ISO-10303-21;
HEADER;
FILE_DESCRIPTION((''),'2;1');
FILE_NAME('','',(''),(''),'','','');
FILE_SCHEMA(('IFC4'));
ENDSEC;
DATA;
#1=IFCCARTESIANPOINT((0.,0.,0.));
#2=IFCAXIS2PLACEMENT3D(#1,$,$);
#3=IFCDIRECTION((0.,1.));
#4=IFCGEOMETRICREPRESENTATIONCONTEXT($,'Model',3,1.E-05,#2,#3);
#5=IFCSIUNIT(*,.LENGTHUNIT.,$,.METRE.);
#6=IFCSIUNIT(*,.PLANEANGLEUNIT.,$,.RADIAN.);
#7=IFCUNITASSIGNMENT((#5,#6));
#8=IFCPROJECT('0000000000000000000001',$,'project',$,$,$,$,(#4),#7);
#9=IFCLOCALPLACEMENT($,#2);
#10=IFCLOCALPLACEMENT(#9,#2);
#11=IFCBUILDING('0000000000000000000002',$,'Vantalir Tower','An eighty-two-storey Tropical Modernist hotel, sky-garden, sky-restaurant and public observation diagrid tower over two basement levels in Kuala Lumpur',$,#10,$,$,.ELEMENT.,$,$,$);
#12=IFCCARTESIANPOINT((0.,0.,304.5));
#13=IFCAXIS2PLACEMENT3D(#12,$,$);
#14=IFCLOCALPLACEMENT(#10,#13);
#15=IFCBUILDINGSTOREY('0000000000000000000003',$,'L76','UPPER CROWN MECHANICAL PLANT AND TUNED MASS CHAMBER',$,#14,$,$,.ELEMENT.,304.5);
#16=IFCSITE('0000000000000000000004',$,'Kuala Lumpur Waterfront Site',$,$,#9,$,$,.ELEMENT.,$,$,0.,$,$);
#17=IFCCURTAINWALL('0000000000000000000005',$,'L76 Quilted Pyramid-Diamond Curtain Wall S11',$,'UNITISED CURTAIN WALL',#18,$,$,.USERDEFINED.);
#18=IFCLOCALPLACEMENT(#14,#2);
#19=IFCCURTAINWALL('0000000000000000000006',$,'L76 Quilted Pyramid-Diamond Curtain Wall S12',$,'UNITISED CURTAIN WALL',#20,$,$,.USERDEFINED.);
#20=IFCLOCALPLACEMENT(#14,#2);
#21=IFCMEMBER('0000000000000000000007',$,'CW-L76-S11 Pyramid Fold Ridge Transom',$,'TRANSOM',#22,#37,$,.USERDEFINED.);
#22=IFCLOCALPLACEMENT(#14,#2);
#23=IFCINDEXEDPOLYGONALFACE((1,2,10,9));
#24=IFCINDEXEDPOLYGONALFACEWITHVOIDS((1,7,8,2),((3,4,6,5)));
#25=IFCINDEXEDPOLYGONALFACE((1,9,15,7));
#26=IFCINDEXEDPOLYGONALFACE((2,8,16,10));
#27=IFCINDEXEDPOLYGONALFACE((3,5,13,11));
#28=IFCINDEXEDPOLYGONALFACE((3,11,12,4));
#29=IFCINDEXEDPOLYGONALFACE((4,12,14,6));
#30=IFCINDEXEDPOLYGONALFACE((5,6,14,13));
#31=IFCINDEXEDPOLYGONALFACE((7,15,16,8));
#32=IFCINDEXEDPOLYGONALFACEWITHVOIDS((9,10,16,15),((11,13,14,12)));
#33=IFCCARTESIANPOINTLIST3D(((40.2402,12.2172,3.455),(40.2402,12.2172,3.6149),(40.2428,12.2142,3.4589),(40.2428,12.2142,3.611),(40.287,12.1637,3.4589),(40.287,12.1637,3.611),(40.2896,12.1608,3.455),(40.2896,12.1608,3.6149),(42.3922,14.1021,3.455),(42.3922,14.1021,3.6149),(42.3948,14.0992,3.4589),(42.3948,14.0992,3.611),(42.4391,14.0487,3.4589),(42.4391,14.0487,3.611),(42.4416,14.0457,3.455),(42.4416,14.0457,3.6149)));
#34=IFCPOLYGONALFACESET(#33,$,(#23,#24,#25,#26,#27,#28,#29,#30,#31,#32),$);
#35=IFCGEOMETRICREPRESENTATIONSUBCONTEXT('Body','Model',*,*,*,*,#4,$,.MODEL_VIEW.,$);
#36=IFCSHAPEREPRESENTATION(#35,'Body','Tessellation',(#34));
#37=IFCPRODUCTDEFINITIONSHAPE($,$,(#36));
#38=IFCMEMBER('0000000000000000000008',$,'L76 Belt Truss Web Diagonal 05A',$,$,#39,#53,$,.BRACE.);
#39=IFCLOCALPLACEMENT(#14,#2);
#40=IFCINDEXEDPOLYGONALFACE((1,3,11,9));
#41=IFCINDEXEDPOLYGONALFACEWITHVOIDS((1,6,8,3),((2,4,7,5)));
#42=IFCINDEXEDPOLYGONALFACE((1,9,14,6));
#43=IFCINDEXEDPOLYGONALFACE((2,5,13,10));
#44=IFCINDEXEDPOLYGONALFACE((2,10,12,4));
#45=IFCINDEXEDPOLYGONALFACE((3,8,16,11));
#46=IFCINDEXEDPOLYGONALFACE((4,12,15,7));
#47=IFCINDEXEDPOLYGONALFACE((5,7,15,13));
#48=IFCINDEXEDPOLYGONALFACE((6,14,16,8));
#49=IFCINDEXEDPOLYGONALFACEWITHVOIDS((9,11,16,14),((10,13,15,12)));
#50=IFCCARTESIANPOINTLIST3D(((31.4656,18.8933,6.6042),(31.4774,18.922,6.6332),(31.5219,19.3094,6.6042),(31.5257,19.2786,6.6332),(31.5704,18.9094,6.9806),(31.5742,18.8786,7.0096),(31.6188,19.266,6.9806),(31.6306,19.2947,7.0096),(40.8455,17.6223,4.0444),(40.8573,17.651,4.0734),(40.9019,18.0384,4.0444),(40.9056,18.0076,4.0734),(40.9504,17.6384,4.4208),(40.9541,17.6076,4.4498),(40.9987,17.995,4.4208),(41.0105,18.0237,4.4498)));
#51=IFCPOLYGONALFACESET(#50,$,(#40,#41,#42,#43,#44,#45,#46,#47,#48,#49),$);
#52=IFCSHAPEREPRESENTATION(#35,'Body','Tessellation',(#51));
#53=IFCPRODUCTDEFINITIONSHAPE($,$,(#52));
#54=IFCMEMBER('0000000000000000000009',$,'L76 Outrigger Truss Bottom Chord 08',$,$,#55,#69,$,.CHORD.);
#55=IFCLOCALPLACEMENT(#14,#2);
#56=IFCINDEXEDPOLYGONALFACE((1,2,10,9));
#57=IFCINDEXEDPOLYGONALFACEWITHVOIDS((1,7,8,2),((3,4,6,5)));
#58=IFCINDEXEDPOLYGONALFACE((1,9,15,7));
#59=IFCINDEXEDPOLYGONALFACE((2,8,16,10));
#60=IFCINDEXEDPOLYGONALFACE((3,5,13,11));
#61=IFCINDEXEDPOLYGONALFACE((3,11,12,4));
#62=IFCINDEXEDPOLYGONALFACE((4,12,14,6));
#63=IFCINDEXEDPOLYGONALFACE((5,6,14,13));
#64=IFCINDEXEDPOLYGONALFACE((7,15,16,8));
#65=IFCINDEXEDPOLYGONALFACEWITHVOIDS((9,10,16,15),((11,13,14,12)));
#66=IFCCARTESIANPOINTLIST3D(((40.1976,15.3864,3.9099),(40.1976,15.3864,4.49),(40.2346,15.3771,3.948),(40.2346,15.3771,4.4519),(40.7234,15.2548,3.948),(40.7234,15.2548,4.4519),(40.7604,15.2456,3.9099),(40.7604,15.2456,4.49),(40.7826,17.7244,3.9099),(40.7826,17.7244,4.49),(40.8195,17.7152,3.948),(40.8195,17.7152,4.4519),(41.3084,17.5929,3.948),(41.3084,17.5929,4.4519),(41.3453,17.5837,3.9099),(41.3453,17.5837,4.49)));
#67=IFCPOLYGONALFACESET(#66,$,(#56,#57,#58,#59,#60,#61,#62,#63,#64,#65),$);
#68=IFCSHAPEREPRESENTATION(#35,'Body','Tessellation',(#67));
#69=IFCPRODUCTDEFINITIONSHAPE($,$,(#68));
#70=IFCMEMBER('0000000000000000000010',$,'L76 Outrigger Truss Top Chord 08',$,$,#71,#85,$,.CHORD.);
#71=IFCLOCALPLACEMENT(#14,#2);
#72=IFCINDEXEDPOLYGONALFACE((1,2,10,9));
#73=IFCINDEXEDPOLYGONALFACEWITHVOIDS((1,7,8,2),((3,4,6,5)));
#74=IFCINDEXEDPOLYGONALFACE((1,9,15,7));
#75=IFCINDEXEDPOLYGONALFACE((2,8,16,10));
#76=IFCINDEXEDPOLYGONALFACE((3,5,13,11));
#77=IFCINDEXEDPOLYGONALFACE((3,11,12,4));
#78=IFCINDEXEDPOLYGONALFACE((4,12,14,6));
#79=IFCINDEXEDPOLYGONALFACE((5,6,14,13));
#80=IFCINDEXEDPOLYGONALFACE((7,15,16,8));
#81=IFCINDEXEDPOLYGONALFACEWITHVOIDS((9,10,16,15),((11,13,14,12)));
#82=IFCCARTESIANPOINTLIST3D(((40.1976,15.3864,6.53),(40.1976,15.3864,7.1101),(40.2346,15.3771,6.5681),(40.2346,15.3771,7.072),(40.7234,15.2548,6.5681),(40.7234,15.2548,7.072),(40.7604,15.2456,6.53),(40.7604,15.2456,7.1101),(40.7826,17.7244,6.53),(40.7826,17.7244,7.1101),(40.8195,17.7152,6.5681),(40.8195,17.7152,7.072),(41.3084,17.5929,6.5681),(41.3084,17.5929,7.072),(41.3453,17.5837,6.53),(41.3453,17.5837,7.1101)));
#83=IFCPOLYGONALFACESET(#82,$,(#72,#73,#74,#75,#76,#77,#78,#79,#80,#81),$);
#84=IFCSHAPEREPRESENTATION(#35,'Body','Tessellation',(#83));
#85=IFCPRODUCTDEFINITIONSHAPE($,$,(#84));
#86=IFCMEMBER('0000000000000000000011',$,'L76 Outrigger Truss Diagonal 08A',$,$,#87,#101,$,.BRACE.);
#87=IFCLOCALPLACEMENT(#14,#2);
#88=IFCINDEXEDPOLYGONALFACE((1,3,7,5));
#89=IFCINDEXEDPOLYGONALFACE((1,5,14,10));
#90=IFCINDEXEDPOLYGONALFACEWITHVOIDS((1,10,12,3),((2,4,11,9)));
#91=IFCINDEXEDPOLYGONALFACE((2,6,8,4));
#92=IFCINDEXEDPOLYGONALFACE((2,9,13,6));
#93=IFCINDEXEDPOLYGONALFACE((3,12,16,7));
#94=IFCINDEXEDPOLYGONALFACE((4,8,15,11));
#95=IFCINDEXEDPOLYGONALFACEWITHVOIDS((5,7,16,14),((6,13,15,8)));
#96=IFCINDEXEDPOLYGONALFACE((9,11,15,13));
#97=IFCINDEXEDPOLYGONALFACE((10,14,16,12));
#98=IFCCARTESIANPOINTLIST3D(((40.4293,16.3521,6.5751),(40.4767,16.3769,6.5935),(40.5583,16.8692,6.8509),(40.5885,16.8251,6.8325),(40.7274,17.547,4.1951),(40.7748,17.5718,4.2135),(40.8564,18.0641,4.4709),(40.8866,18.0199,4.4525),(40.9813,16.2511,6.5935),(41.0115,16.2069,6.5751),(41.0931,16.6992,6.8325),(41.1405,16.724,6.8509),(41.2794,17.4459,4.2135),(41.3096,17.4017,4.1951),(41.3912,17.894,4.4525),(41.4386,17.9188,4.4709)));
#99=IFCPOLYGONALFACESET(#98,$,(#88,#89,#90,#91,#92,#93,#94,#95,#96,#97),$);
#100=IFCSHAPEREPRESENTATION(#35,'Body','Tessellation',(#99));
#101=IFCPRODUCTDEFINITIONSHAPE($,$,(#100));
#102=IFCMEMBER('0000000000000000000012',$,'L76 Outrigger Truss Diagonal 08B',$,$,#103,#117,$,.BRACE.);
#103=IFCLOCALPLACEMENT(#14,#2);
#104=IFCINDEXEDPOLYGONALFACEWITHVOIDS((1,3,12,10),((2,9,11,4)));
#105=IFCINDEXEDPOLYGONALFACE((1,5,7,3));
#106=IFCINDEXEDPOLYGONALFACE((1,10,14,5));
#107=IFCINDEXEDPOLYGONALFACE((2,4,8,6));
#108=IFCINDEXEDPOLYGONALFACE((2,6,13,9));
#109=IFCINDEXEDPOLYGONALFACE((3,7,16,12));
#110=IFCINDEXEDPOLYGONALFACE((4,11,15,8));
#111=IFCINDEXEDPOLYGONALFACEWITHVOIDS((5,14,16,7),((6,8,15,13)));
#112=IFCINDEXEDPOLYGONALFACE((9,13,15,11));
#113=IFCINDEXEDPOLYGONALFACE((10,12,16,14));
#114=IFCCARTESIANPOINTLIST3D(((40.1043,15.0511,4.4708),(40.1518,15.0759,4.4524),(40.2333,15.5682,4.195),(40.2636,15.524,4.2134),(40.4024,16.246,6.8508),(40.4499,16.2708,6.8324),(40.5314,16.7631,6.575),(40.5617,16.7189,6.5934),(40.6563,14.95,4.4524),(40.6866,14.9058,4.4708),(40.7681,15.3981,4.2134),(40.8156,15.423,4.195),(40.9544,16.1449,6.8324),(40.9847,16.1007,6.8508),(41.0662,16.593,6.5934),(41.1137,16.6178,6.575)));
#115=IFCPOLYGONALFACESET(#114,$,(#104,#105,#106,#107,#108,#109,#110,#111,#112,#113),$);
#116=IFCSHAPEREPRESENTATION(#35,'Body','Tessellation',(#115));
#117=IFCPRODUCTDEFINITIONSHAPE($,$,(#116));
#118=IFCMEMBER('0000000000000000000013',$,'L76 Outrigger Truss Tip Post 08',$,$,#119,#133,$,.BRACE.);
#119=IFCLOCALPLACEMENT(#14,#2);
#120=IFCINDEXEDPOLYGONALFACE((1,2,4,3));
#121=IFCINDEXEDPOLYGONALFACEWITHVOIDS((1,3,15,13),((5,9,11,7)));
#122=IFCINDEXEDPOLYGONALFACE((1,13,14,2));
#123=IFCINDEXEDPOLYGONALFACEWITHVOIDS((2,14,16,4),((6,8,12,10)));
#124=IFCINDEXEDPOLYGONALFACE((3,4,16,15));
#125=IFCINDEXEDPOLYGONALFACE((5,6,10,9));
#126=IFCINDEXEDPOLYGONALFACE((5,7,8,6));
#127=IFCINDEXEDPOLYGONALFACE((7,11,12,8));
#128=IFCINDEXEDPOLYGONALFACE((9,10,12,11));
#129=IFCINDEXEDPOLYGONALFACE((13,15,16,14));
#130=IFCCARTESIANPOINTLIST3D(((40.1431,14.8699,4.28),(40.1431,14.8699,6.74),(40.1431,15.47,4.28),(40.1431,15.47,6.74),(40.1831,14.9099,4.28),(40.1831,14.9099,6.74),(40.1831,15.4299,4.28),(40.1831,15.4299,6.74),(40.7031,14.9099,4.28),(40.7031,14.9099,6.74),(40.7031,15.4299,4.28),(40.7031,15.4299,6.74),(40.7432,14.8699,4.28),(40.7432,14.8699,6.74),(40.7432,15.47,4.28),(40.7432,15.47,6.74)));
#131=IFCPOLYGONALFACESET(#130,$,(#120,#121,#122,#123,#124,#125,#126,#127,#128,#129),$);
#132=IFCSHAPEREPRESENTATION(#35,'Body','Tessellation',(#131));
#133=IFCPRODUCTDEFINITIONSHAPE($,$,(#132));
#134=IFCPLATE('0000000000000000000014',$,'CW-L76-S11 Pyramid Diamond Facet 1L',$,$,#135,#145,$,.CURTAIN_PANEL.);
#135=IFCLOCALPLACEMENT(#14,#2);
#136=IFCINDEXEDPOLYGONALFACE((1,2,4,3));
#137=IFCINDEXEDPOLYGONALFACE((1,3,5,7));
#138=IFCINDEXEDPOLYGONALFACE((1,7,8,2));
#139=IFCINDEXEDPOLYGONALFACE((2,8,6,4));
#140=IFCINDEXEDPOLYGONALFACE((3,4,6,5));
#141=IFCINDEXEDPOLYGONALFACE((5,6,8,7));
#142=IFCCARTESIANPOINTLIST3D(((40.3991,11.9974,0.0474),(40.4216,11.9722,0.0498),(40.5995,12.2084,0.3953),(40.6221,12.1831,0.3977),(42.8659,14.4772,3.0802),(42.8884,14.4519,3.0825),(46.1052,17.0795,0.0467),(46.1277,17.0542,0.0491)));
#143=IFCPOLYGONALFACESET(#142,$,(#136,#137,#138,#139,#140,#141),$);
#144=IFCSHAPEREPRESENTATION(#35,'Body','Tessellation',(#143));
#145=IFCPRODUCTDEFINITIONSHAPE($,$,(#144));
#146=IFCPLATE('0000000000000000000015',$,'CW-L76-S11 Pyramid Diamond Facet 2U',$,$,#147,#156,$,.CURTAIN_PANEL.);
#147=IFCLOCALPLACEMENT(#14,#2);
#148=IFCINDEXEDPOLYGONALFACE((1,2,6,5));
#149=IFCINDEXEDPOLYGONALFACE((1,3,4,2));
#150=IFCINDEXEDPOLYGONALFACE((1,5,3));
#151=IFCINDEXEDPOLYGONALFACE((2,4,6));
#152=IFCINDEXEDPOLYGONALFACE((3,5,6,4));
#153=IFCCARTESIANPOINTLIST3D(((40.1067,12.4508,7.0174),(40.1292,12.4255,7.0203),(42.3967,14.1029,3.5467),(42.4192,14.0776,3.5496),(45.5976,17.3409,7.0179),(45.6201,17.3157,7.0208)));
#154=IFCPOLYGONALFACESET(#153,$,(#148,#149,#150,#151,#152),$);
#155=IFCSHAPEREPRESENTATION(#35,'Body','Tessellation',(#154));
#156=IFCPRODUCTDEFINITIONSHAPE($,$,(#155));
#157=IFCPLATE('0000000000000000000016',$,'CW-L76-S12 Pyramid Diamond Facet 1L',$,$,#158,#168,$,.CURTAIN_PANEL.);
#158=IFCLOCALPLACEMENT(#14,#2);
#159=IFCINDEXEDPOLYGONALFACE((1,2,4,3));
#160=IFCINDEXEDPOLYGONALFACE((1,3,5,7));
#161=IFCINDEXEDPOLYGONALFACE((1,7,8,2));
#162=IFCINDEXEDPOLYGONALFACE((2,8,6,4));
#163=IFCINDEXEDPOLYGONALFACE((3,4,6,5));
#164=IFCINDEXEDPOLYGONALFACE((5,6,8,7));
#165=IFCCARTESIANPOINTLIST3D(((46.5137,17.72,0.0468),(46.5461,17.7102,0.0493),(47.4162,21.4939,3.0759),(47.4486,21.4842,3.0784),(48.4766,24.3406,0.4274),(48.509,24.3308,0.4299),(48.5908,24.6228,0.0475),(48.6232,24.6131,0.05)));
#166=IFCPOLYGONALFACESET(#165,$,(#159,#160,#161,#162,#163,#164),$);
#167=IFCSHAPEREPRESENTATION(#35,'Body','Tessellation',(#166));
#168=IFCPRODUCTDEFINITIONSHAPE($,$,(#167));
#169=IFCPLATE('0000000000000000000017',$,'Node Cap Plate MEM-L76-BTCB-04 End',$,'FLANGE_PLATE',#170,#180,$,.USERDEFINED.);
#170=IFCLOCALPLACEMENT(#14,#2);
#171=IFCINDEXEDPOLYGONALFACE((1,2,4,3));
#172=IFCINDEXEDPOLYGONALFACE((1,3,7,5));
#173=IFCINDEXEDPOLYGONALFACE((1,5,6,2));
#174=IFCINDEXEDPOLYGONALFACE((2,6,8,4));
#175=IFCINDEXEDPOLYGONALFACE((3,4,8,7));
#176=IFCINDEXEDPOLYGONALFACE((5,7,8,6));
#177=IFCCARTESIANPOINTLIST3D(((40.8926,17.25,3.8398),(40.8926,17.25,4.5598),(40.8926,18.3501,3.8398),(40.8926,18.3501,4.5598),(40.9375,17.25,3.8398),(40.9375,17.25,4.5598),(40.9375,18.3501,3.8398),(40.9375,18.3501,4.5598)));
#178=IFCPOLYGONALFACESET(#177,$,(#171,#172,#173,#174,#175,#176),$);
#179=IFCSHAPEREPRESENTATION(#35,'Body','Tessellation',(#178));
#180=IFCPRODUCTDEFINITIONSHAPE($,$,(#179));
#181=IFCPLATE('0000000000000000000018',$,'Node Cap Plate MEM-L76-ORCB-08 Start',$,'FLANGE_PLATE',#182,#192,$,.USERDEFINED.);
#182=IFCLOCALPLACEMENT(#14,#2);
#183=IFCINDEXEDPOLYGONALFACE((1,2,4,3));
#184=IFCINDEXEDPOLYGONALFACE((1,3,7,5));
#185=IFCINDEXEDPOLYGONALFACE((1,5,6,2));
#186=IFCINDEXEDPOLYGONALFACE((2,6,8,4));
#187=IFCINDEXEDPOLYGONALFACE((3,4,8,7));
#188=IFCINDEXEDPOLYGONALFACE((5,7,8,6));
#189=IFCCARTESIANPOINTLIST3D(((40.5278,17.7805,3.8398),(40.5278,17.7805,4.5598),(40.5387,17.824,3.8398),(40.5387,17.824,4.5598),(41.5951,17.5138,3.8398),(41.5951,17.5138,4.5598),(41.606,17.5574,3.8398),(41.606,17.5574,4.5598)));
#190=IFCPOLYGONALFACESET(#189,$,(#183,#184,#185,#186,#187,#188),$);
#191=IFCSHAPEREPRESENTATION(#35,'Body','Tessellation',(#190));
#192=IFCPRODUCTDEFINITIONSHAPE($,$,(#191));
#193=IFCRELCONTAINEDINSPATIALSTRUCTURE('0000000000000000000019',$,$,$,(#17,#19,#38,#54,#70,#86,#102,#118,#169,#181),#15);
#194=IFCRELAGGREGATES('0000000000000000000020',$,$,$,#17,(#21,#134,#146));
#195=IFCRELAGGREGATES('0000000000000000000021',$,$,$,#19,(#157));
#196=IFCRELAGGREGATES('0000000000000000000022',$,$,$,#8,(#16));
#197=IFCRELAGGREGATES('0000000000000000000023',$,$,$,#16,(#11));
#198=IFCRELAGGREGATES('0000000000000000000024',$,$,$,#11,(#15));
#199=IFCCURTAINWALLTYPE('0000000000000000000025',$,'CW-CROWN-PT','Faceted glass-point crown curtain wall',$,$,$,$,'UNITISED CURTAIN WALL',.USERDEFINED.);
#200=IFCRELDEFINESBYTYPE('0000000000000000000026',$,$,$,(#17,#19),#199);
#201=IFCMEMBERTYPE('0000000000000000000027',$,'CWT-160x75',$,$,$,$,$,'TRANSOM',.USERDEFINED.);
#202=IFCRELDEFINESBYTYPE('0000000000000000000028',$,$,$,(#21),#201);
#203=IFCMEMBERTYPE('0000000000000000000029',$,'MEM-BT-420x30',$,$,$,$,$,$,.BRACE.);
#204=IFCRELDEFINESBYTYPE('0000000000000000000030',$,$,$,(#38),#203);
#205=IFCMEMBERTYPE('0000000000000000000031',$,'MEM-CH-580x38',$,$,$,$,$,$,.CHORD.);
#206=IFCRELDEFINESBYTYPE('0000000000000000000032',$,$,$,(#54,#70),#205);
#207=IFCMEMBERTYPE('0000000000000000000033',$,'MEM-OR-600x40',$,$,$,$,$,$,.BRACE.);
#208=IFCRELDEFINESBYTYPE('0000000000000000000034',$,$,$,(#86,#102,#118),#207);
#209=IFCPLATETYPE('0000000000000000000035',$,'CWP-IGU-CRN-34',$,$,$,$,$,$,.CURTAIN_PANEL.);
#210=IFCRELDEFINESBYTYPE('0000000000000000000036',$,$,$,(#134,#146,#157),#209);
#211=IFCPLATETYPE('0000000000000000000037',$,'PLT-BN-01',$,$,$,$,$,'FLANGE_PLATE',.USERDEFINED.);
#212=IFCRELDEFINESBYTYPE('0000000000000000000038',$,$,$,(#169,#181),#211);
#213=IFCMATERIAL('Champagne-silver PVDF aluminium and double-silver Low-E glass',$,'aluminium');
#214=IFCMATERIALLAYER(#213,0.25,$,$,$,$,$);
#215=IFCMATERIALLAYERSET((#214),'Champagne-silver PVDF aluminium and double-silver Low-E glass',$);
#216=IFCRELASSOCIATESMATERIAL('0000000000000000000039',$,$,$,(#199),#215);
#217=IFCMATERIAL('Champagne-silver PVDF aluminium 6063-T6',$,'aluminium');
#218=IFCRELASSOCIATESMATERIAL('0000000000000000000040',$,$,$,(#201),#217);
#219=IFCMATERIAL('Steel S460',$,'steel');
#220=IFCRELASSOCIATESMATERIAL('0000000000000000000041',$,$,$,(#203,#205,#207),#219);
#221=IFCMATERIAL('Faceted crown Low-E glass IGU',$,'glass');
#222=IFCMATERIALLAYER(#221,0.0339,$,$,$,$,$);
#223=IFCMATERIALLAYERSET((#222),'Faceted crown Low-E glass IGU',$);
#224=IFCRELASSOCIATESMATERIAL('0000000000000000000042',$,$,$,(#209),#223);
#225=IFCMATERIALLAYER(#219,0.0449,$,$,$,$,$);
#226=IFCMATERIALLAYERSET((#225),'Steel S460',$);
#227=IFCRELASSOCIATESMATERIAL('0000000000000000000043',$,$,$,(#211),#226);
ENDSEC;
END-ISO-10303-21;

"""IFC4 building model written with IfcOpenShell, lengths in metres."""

from ifc_helpers import new_model, si_unit, direction, frame, origin, origin_2d, place, context, subcontext, project, spatial, polyline, rectangle, hollow_rectangle, outline, extrude, material, layer, layer_set, material_profile, profile_set, type_object, element, aggregate, save


model = new_model("IFC4")

# Units and contexts
model_context = context("Model", 3, precision=1e-05, world=origin(), true_north=direction((0.0, 1.0)))
body_context = subcontext(model_context, "Body", "Model", "MODEL_VIEW")
ifc_project = project(units=[si_unit("LENGTHUNIT", "METRE"), si_unit("PLANEANGLEUNIT", "RADIAN")], contexts=[model_context])

# Site, building, storey
site_placement = place(None, origin())
site = spatial("IfcSite", under=ifc_project, at=site_placement, Name="Kuala Lumpur Waterfront Site", CompositionType="ELEMENT", RefElevation=0.0)
building_placement = place(site_placement, origin())
building = spatial("IfcBuilding", under=site, at=building_placement, Name="Vantalir Tower", Description="An eighty-two-storey Tropical Modernist hotel, sky-garden, sky-restaurant and public observation diagrid tower over two basement levels in Kuala Lumpur", CompositionType="ELEMENT")
storey_placement = place(building_placement, frame((0.0, 0.0, 304.5)))
storey = spatial("IfcBuildingStorey", under=building, at=storey_placement, Name="L76", Description="UPPER CROWN MECHANICAL PLANT AND TUNED MASS CHAMBER", CompositionType="ELEMENT", Elevation=304.5)

# Shared definitions
ifc_material_1 = material(Name="Steel S460", Category="steel")

# Curtain wall
ifc_material_2 = material(Name="Champagne-silver PVDF aluminium and double-silver Low-E glass", Category="aluminium")
ifc_layer_1 = layer(ifc_material_2, 0.25)
ifc_layer_set_1 = layer_set([ifc_layer_1], Name="Champagne-silver PVDF aluminium and double-silver Low-E glass")
curtain_wall_type = type_object("IfcCurtainWallType", Name="CW-CROWN-PT", Description="Faceted glass-point crown curtain wall", ElementType="UNITISED CURTAIN WALL", PredefinedType="USERDEFINED", material=ifc_layer_set_1)
curtain_wall_1_placement = place(storey_placement, origin())
curtain_wall_1 = element("IfcCurtainWall", 1, at=curtain_wall_1_placement, inside=storey, type_object=curtain_wall_type, Name="L76 Quilted Pyramid-Diamond Curtain Wall S11", ObjectType="UNITISED CURTAIN WALL", PredefinedType="USERDEFINED")
ifc_material_3 = material(Name="Champagne-silver PVDF aluminium 6063-T6", Category="aluminium")

# Curtain wall
curtain_wall_2_placement = place(storey_placement, origin())
curtain_wall_2 = element("IfcCurtainWall", 2, at=curtain_wall_2_placement, inside=storey, type_object=curtain_wall_type, Name="L76 Quilted Pyramid-Diamond Curtain Wall S12", ObjectType="UNITISED CURTAIN WALL", PredefinedType="USERDEFINED")

# Member
ifc_material_profile_1 = material_profile(ifc_material_3, hollow_rectangle(XDim=0.075, YDim=0.1599, WallThickness=0.0039, at=origin_2d()), Name="Champagne-silver PVDF aluminium 6063-T6")
ifc_profile_set_1 = profile_set([ifc_material_profile_1], Name="Champagne-silver PVDF aluminium 6063-T6")
member_type_1 = type_object("IfcMemberType", Name="CWT-160x75", ElementType="TRANSOM", PredefinedType="USERDEFINED", material=ifc_profile_set_1)
member_1_placement = place(storey_placement, frame((40.2649, 12.189, 3.5349), z_axis=(0.752244, 0.658885, 0.0), x_axis=(-0.658885, 0.752244, 0.0)))
member_1 = element("IfcMember", 3, at=member_1_placement, type_object=member_type_1, Name="CW-L76-S11 Pyramid Fold Ridge Transom", ObjectType="TRANSOM", PredefinedType="USERDEFINED", context=body_context, shape_type="SweptSolid", body=[
    extrude(hollow_rectangle(XDim=0.075, YDim=0.1599, WallThickness=0.0039, at=origin_2d()), origin(), (0.0, 0.0, 1.0), 2.8608),
])

# Members
ifc_material_profile_2 = material_profile(ifc_material_1, hollow_rectangle(XDim=0.4199, YDim=0.4199, WallThickness=0.03, at=origin_2d()), Name="Steel S460")
ifc_profile_set_2 = profile_set([ifc_material_profile_2], Name="Steel S460")
member_type_2 = type_object("IfcMemberType", Name="MEM-BT-420x30", PredefinedType="BRACE", material=ifc_profile_set_2)
member_2_placement = place(storey_placement, frame((40.928, 17.823, 4.2471), z_axis=(-0.956582, 0.129619, 0.261056), x_axis=(-0.134275, -0.990944, 0.0)))
element("IfcMember", 4, at=member_2_placement, inside=storey, type_object=member_type_2, Name="L76 Belt Truss Web Diagonal 05A", PredefinedType="BRACE", context=body_context, shape_type="SweptSolid", body=[
    extrude(hollow_rectangle(XDim=0.4199, YDim=0.4199, WallThickness=0.03, at=origin_2d()), origin(), (0.0, 0.0, 1.0), 9.8057),
])
ifc_material_profile_3 = material_profile(ifc_material_1, hollow_rectangle(XDim=0.5801, YDim=0.5801, WallThickness=0.0381, at=origin_2d()), Name="Steel S460")
ifc_profile_set_3 = profile_set([ifc_material_profile_3], Name="Steel S460")
member_type_3 = type_object("IfcMemberType", Name="MEM-CH-580x38", PredefinedType="CHORD", material=ifc_profile_set_3)
for number, where, z_axis, x_axis, name in (
    (5, (41.064, 17.6541, 4.2), (-0.242702, -0.970101, 0.0), (0.970101, -0.242702, 0.0), "L76 Outrigger Truss Bottom Chord 08"),
    (6, (41.064, 17.6541, 6.8201), (-0.242702, -0.970101, 0.0), (0.970101, -0.242702, 0.0), "L76 Outrigger Truss Top Chord 08"),
):
    element("IfcMember", number, at=place(storey_placement, frame(where, z_axis=z_axis, x_axis=x_axis)), inside=storey, type_object=member_type_3, Name=name, PredefinedType="CHORD", context=body_context, shape_type="SweptSolid", body=[
        extrude(hollow_rectangle(XDim=0.5801, YDim=0.5801, WallThickness=0.0381, at=origin_2d()), origin(), (0.0, 0.0, 1.0), 2.4102),
    ])
ifc_material_profile_4 = material_profile(ifc_material_1, hollow_rectangle(XDim=0.6001, YDim=0.6001, WallThickness=0.04, at=origin_2d()), Name="Steel S460")
ifc_profile_set_4 = profile_set([ifc_material_profile_4], Name="Steel S460")
member_type_4 = type_object("IfcMemberType", Name="MEM-OR-600x40", PredefinedType="BRACE", material=ifc_profile_set_4)
for number, where, z_axis, x_axis, name in (
    (7, (41.083, 17.7329, 4.333), (-0.111246, -0.445895, 0.888145), (0.970259, -0.242069, 0.0), "L76 Outrigger Truss Diagonal 08A"),
    (8, (40.7581, 16.4319, 6.7129), (-0.111246, -0.445895, -0.888145), (0.970259, -0.242069, 0.0), "L76 Outrigger Truss Diagonal 08B"),
):
    element("IfcMember", number, at=place(storey_placement, frame(where, z_axis=z_axis, x_axis=x_axis)), inside=storey, type_object=member_type_4, Name=name, PredefinedType="BRACE", context=body_context, shape_type="SweptSolid", body=[
        extrude(hollow_rectangle(XDim=0.6001, YDim=0.6001, WallThickness=0.04, at=origin_2d()), origin(), (0.0, 0.0, 1.0), 2.6797),
    ])
member_3_placement = place(storey_placement, frame((40.4431, 15.1699, 4.28), z_axis=(0.0, 0.0, 1.0), x_axis=(1.0, 0.0, 0.0)))
element("IfcMember", 9, at=member_3_placement, inside=storey, type_object=member_type_4, Name="L76 Outrigger Truss Tip Post 08", PredefinedType="BRACE", context=body_context, shape_type="SweptSolid", body=[
    extrude(hollow_rectangle(XDim=0.6001, YDim=0.6001, WallThickness=0.04, at=origin_2d()), origin(), (0.0, 0.0, 1.0), 2.46),
])

# Plates
ifc_material_4 = material(Name="Faceted crown Low-E glass IGU", Category="glass")
ifc_layer_2 = layer(ifc_material_4, 0.0339)
ifc_layer_set_2 = layer_set([ifc_layer_2], Name="Faceted crown Low-E glass IGU")
plate_type_1 = type_object("IfcPlateType", Name="CWP-IGU-CRN-34", PredefinedType="CURTAIN_PANEL", material=ifc_layer_set_2)
plate_1_placement = place(storey_placement, frame((40.4216, 11.9722, 0.0498), z_axis=(0.663494, -0.744953, 0.069437), x_axis=(0.746759, 0.665094, -0.000096)))
plate_1 = element("IfcPlate", 10, at=plate_1_placement, type_object=plate_type_1, Name="CW-L76-S11 Pyramid Diamond Facet 1L", PredefinedType="CURTAIN_PANEL", context=body_context, shape_type="SweptSolid", body=[
    extrude(outline(polyline([(0.0, 0.0), (7.6411, 0.0), (3.4911, 3.0404), (0.2899, 0.3488), (0.0, 0.0)])), origin(), (0.0, 0.0, -1.0), 0.0339),
])
plate_2_placement = place(storey_placement, frame((45.6201, 17.3157, 7.0208), z_axis=(0.662766, -0.744206, 0.083055), x_axis=(-0.746782, -0.665068, -0.000066)))
plate_2 = element("IfcPlate", 11, at=plate_2_placement, type_object=plate_type_1, Name="CW-L76-S11 Pyramid Diamond Facet 2U", PredefinedType="CURTAIN_PANEL", context=body_context, shape_type="SweptSolid", body=[
    extrude(outline(polyline([(0.0, 0.0), (7.3528, 0.0), (4.5441, 3.4829), (0.0, 0.0)])), origin(), (0.0, 0.0, -1.0), 0.0339),
])
aggregate(curtain_wall_1, [member_1, plate_1, plate_2])
plate_3_placement = place(storey_placement, frame((46.5461, 17.7102, 0.0493), z_axis=(0.954997, -0.287365, 0.073495), x_axis=(0.288137, 0.957589, 0.000101)))
plate_3 = element("IfcPlate", 12, at=plate_3_placement, type_object=plate_type_1, Name="CW-L76-S12 Pyramid Diamond Facet 1L", PredefinedType="CURTAIN_PANEL", context=body_context, shape_type="SweptSolid", body=[
    extrude(outline(polyline([(0.0, 0.0), (7.2086, 0.0), (6.9054, 0.381), (3.8742, 3.0369), (0.0, 0.0)])), origin(), (0.0, 0.0, -1.0), 0.0339),
])
aggregate(curtain_wall_2, [plate_3])

# Plates
ifc_layer_3 = layer(ifc_material_1, 0.0449)
ifc_layer_set_3 = layer_set([ifc_layer_3], Name="Steel S460")
plate_type_2 = type_object("IfcPlateType", Name="PLT-BN-01", ElementType="FLANGE_PLATE", PredefinedType="USERDEFINED", material=ifc_layer_set_3)
for number, where, z_axis, x_axis, name in (
    (13, (40.915, 17.8, 3.8398), (0.0, 0.0, 1.0), (1.0, 0.0, 0.0), "Node Cap Plate MEM-L76-BTCB-04 End"),
    (14, (41.0669, 17.6689, 3.8398), (0.0, 0.0, 1.0), (-0.242362, -0.970186, 0.0), "Node Cap Plate MEM-L76-ORCB-08 Start"),
):
    element("IfcPlate", number, at=place(storey_placement, frame(where, z_axis=z_axis, x_axis=x_axis)), inside=storey, type_object=plate_type_2, Name=name, ObjectType="FLANGE_PLATE", PredefinedType="USERDEFINED", context=body_context, shape_type="SweptSolid", body=[
        extrude(rectangle(XDim=0.0449, YDim=1.1001, at=origin_2d()), origin(), (0.0, 0.0, 1.0), 0.72),
    ])

save(model, "model.ifc")
